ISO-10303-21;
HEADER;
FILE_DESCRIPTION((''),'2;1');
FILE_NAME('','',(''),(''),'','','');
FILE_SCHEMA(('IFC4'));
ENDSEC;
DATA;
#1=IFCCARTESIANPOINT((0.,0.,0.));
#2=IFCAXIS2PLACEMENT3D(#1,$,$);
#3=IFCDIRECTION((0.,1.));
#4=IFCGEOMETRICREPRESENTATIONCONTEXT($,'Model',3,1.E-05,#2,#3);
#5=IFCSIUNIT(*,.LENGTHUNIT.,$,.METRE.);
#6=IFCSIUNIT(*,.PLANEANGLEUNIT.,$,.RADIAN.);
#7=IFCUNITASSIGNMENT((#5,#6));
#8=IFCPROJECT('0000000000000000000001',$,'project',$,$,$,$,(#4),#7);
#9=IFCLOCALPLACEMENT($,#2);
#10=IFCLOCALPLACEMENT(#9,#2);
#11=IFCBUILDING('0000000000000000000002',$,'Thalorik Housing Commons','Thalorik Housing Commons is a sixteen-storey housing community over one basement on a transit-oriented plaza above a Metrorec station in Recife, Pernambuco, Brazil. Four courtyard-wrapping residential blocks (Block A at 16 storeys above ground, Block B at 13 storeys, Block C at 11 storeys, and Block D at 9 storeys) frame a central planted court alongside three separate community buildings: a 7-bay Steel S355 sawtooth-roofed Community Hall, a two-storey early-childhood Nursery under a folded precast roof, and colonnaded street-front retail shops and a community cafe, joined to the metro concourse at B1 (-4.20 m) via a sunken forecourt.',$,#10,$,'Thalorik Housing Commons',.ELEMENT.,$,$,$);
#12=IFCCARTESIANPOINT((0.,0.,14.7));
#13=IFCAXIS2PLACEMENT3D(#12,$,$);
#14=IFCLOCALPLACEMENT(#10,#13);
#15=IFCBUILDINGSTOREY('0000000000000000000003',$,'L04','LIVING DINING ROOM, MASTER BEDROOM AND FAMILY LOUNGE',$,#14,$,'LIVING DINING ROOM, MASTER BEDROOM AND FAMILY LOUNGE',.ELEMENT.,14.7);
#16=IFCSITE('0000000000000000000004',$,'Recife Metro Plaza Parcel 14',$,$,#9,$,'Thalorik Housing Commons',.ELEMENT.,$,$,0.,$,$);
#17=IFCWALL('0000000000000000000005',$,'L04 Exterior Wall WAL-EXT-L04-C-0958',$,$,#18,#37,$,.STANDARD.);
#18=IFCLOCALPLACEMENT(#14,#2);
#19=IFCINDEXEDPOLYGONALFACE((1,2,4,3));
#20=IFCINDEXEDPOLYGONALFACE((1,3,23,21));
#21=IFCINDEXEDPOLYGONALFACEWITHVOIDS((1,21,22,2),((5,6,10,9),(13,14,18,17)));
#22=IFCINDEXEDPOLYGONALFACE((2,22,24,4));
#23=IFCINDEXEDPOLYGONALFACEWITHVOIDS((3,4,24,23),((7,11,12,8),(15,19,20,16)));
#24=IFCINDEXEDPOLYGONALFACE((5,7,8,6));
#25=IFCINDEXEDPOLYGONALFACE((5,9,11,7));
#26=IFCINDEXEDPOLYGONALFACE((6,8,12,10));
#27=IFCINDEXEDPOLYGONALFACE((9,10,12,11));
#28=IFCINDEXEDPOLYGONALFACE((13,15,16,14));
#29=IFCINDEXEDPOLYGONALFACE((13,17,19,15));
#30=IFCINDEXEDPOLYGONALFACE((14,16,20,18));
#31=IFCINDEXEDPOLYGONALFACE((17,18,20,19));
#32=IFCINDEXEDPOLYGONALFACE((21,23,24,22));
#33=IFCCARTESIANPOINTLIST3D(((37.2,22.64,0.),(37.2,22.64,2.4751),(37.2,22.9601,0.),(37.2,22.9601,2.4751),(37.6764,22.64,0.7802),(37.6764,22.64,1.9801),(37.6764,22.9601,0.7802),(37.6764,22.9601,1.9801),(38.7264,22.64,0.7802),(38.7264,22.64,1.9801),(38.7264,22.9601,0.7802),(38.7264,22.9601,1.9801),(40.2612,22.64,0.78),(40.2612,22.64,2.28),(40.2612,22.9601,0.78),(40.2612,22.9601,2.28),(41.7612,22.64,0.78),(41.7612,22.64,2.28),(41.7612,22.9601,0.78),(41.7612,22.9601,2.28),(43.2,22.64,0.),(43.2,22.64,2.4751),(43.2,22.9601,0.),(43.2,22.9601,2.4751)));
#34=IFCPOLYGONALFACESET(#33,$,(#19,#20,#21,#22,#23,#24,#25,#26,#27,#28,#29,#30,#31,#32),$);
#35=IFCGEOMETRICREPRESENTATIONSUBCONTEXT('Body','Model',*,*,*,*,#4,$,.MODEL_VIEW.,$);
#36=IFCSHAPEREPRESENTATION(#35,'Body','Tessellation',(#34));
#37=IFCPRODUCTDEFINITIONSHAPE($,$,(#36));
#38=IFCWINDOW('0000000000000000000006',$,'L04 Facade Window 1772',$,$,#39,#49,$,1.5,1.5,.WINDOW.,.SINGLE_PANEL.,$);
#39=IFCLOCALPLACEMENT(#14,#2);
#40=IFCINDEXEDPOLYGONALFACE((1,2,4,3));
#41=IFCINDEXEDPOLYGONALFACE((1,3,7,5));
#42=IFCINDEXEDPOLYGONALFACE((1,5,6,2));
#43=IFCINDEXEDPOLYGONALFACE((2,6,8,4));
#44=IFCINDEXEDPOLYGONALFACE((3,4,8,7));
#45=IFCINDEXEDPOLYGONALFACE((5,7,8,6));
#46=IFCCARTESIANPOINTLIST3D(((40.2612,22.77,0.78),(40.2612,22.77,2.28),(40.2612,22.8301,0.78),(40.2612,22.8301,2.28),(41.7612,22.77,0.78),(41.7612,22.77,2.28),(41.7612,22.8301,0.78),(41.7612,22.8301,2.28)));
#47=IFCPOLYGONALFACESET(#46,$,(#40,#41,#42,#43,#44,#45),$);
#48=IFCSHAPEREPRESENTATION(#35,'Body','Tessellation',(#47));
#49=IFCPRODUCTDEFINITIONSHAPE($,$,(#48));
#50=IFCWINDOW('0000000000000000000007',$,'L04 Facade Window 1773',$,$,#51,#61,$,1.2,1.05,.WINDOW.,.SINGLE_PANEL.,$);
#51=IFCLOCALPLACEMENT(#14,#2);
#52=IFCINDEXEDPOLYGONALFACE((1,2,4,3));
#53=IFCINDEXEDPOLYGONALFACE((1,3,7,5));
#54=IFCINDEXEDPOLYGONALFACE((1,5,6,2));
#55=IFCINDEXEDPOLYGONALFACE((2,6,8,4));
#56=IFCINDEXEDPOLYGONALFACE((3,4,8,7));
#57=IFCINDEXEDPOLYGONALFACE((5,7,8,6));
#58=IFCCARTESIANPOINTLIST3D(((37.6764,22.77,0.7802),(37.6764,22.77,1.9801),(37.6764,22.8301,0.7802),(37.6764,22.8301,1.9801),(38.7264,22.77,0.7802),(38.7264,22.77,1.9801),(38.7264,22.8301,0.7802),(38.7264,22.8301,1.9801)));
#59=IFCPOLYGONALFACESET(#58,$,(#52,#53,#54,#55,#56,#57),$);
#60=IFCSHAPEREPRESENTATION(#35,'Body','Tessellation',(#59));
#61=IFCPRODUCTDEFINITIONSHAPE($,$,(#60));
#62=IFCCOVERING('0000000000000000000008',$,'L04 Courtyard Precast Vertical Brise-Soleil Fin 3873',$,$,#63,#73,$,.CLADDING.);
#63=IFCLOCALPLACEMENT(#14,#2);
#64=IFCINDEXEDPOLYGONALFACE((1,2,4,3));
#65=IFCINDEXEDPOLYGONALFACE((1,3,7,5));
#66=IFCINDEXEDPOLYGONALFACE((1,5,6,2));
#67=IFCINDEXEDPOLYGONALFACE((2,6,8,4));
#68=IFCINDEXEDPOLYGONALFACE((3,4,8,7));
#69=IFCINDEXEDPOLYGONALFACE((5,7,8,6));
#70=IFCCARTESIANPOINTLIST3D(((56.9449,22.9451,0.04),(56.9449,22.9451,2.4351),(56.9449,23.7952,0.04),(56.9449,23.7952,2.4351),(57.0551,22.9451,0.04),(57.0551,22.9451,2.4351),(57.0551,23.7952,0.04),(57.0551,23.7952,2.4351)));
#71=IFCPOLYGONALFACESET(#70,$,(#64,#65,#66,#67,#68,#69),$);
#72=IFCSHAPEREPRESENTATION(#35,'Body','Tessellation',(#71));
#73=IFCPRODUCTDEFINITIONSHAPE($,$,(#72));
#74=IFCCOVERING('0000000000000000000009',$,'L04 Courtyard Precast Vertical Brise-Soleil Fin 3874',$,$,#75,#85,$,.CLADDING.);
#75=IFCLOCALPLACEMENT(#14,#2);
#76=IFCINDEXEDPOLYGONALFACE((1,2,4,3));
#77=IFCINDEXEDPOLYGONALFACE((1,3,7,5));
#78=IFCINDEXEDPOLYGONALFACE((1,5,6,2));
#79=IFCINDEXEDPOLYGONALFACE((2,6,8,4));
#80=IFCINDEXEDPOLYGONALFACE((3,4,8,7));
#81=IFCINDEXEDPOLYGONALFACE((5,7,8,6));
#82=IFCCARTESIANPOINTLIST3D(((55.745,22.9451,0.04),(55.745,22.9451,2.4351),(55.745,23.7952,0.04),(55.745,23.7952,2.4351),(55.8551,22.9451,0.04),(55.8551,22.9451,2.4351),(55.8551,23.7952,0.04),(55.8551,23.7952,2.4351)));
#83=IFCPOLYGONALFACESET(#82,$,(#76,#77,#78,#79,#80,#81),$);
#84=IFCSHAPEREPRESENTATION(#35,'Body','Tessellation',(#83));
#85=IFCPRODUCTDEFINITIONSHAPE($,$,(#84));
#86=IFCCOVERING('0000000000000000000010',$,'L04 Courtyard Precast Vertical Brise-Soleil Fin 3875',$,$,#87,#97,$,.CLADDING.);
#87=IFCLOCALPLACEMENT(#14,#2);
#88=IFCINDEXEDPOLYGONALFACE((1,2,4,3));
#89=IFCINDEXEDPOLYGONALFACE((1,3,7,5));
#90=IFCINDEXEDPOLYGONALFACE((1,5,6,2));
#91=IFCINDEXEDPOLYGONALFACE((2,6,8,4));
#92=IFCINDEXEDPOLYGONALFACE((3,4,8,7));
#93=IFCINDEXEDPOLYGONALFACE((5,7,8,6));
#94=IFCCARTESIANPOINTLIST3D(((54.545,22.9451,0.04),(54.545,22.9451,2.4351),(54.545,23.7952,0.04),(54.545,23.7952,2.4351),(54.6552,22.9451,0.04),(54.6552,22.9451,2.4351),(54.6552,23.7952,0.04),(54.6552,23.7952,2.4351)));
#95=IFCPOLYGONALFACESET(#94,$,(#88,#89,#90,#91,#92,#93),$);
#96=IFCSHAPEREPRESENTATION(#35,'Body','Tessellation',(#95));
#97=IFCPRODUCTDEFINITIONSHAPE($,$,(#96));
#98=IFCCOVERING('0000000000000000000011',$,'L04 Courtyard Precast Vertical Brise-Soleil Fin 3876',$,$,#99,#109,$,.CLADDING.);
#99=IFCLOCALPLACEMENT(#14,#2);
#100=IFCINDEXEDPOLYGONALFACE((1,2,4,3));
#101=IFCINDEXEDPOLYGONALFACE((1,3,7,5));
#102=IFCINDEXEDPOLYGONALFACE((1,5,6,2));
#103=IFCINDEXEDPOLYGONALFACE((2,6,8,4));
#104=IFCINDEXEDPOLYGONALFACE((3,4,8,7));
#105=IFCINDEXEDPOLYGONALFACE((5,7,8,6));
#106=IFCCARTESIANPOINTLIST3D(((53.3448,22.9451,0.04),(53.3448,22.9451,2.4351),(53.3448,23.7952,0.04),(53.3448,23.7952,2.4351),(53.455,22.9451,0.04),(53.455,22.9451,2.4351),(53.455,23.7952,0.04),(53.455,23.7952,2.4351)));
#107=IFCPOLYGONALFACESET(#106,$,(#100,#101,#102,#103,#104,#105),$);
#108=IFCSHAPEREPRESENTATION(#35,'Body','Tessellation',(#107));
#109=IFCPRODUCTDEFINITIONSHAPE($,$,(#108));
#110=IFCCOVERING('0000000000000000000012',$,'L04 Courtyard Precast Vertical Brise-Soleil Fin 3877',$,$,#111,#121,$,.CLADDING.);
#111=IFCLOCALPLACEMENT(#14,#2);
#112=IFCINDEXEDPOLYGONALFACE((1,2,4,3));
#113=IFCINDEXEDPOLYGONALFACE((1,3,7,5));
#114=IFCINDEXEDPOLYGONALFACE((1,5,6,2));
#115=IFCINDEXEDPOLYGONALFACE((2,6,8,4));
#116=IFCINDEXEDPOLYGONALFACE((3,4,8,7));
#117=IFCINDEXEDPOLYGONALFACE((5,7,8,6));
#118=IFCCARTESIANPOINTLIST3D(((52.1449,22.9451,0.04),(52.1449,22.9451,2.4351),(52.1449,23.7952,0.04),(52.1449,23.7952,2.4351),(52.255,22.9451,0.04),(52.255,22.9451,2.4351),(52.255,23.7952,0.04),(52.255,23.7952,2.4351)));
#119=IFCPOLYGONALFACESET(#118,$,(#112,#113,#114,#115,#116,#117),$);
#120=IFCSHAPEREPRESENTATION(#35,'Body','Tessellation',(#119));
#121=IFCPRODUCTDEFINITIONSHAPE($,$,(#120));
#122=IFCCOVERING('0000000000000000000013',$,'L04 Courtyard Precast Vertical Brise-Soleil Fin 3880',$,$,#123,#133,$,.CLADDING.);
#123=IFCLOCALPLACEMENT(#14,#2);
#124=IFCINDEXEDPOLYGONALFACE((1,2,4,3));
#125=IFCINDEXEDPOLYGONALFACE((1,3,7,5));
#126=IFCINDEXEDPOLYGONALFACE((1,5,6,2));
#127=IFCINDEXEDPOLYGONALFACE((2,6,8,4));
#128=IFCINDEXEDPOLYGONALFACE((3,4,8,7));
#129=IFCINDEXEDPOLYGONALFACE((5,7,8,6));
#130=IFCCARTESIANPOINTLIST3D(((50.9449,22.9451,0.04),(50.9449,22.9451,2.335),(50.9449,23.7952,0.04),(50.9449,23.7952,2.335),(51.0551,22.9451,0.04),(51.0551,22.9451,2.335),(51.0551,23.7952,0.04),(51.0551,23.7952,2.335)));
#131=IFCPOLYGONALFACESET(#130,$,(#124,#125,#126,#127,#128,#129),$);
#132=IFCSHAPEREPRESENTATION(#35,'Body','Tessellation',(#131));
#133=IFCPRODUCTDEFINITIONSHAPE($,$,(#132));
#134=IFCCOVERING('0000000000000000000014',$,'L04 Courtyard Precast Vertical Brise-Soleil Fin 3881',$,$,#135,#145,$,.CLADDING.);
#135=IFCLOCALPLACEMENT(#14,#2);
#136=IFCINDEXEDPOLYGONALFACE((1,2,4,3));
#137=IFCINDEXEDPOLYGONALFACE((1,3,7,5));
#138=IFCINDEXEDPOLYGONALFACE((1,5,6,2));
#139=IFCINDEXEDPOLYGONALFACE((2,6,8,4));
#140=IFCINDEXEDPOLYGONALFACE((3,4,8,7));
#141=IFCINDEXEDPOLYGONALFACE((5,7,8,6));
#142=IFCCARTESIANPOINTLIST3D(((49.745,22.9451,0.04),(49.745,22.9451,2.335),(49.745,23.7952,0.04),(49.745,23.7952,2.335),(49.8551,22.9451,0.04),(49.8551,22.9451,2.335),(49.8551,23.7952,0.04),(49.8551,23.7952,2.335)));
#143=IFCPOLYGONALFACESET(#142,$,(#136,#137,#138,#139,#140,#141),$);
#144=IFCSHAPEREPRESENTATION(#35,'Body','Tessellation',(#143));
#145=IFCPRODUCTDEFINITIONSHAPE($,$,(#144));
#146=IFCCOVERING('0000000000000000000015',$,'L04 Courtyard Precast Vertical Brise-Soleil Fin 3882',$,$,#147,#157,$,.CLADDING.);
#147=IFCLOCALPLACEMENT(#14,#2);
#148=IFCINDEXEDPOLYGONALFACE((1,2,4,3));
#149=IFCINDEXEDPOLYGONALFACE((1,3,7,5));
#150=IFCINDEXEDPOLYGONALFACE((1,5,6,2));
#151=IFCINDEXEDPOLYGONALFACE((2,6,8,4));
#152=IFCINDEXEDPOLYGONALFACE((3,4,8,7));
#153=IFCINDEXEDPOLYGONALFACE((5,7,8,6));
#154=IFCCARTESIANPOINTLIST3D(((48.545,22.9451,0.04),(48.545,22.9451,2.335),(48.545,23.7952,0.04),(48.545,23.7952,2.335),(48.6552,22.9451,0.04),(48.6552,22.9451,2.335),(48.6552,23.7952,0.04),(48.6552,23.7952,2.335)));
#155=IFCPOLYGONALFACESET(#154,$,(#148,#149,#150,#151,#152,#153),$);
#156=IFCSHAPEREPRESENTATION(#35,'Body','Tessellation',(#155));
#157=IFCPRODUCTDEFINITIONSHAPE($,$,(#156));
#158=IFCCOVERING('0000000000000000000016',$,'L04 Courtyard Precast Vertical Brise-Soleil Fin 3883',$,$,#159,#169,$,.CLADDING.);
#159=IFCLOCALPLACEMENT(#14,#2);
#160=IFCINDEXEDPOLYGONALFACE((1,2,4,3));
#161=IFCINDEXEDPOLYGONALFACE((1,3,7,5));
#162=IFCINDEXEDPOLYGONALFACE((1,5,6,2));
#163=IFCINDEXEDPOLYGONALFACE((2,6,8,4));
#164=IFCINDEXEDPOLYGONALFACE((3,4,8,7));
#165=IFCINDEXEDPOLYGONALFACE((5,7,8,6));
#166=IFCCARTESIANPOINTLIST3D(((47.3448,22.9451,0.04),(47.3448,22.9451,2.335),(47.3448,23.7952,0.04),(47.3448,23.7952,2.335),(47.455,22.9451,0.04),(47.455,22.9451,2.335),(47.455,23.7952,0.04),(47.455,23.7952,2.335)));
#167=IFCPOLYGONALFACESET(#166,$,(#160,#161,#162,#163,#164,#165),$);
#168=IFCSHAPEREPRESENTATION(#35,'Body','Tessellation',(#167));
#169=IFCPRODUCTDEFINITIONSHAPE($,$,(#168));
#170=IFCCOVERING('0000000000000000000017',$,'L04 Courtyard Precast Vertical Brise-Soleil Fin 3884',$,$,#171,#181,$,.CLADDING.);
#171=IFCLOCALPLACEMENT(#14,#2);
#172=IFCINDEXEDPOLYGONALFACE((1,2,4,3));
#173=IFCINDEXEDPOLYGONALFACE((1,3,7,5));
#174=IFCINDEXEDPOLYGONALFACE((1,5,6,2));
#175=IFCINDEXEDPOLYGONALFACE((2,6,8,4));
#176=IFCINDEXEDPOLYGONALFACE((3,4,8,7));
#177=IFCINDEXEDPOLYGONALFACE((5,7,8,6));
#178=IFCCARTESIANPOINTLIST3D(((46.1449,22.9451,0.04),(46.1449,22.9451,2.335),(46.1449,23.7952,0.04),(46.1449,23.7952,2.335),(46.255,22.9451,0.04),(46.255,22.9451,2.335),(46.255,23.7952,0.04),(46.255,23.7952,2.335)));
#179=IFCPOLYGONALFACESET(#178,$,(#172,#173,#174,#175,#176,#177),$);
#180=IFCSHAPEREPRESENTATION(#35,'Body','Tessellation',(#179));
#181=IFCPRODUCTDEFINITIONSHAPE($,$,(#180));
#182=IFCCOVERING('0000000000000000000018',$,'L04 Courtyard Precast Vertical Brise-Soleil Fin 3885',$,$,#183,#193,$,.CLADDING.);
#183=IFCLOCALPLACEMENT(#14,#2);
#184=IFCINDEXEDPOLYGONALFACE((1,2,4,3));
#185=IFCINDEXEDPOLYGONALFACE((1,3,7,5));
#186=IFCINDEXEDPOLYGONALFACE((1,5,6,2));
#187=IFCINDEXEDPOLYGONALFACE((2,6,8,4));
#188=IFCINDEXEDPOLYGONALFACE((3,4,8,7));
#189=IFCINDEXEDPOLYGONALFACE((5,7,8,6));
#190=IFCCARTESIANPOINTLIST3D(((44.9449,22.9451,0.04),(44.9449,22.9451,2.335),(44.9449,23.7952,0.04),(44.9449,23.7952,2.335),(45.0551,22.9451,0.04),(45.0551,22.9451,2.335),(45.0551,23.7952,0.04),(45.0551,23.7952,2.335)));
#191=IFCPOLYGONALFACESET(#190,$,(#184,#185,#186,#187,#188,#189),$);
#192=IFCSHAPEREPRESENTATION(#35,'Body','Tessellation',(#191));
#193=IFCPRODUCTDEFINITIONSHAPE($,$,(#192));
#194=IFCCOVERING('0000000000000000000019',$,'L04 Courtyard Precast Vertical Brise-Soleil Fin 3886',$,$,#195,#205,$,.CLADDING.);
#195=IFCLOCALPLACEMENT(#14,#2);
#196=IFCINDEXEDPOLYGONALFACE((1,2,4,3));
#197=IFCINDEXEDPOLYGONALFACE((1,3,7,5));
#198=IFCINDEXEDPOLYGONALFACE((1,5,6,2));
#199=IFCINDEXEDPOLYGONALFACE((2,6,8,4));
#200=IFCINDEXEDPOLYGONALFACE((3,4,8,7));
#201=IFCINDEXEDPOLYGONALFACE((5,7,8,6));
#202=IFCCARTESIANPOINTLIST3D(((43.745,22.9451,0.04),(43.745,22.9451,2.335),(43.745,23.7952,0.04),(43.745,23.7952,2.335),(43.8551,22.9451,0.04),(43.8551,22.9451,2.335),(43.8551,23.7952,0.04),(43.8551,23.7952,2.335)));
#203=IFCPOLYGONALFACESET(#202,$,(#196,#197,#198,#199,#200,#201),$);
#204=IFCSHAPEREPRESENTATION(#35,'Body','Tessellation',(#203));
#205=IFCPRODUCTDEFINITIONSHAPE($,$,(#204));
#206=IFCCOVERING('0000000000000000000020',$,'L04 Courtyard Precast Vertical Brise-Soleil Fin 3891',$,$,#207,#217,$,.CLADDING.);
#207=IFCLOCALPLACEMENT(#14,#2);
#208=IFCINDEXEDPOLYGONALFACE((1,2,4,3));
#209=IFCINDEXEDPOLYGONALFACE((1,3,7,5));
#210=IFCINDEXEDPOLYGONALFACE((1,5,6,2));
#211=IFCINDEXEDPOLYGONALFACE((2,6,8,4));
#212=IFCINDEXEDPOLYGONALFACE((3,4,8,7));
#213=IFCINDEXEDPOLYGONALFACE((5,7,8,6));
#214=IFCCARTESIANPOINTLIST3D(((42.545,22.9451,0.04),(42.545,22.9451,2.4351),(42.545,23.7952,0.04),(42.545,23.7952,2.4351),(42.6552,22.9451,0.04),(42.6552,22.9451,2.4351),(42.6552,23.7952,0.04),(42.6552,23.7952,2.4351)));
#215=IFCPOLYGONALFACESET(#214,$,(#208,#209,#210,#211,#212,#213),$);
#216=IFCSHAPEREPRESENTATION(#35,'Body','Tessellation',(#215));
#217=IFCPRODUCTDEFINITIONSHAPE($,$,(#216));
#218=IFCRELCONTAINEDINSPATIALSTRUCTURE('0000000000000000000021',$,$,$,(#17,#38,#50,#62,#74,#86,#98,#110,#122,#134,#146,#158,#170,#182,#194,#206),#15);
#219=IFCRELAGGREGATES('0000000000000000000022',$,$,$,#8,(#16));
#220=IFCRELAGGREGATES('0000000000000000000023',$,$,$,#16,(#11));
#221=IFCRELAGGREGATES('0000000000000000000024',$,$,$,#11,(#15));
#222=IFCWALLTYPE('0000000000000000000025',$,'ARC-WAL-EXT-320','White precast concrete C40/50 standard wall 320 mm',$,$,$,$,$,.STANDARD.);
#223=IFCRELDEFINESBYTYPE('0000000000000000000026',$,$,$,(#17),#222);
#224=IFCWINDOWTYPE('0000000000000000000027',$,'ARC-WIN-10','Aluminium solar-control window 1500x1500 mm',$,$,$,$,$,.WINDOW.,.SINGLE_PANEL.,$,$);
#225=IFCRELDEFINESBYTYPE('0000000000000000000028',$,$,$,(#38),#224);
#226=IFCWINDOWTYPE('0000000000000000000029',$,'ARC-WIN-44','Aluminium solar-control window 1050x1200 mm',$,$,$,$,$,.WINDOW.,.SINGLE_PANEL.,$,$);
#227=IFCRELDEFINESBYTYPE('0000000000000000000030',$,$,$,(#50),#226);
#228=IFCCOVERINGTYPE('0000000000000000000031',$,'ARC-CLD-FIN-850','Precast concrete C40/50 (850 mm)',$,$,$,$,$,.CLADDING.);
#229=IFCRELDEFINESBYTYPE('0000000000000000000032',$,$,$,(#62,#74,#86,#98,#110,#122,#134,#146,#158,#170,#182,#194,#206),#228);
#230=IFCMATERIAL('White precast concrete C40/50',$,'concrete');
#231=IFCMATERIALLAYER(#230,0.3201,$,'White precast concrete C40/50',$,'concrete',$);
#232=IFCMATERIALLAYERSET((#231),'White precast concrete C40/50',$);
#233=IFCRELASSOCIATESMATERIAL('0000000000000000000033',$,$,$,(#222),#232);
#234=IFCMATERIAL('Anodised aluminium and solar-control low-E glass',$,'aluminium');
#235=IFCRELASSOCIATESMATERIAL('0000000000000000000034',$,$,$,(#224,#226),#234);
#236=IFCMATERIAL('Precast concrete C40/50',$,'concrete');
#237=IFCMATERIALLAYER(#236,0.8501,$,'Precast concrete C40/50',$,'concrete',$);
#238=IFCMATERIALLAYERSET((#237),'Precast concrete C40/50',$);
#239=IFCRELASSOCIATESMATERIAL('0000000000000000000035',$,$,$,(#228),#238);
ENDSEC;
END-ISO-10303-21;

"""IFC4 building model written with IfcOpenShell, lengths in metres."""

from ifc_helpers import new_model, si_unit, direction, frame, frame_2d, origin, origin_2d, place, context, subcontext, project, spatial, rectangle, extrude, material, layer, layer_set, type_object, element, fill, save


model = new_model("IFC4")

# Units and contexts
model_context = context("Model", 3, precision=1e-05, world=origin(), true_north=direction((0.0, 1.0)))
body_context = subcontext(model_context, "Body", "Model", "MODEL_VIEW")
ifc_project = project(units=[si_unit("LENGTHUNIT", "METRE"), si_unit("PLANEANGLEUNIT", "RADIAN")], contexts=[model_context])

# Site, building, storey
site_placement = place(None, origin())
site = spatial("IfcSite", under=ifc_project, at=site_placement, Name="Recife Metro Plaza Parcel 14", LongName="Thalorik Housing Commons", CompositionType="ELEMENT", RefElevation=0.0)
building_placement = place(site_placement, origin())
building = spatial("IfcBuilding", under=site, at=building_placement, Name="Thalorik Housing Commons", Description="Thalorik Housing Commons is a sixteen-storey housing community over one basement on a transit-oriented plaza above a Metrorec station in Recife, Pernambuco, Brazil. Four courtyard-wrapping residential blocks (Block A at 16 storeys above ground, Block B at 13 storeys, Block C at 11 storeys, and Block D at 9 storeys) frame a central planted court alongside three separate community buildings: a 7-bay Steel S355 sawtooth-roofed Community Hall, a two-storey early-childhood Nursery under a folded precast roof, and colonnaded street-front retail shops and a community cafe, joined to the metro concourse at B1 (-4.20 m) via a sunken forecourt.", LongName="Thalorik Housing Commons", CompositionType="ELEMENT")
storey_placement = place(building_placement, frame((0.0, 0.0, 14.7)))
storey = spatial("IfcBuildingStorey", under=building, at=storey_placement, Name="L04", Description="LIVING DINING ROOM, MASTER BEDROOM AND FAMILY LOUNGE", LongName="LIVING DINING ROOM, MASTER BEDROOM AND FAMILY LOUNGE", CompositionType="ELEMENT", Elevation=14.7)

# Shared definitions
ifc_material_1 = material(Name="Precast concrete C40/50", Category="concrete")

# Wall, openings, windows
ifc_material_2 = material(Name="White precast concrete C40/50", Category="concrete")
ifc_layer_1 = layer(ifc_material_2, 0.3201, Name="White precast concrete C40/50", Category="concrete")
ifc_layer_set_1 = layer_set([ifc_layer_1], Name="White precast concrete C40/50")
wall_type = type_object("IfcWallType", Name="ARC-WAL-EXT-320", Description="White precast concrete C40/50 standard wall 320 mm", PredefinedType="STANDARD", material=ifc_layer_set_1)
ifc_material_3 = material(Name="Anodised aluminium and solar-control low-E glass", Category="aluminium")
wall_1_placement = place(storey_placement, frame((43.2, 22.8, 0.0), z_axis=(0.0, 0.0, 1.0), x_axis=(-1.0, 0.0, 0.0)))
wall_1 = element("IfcWall", 1, at=wall_1_placement, inside=storey, type_object=wall_type, Name="L04 Exterior Wall WAL-EXT-L04-C-0958", PredefinedType="STANDARD", context=body_context, shape_type="SweptSolid", body=[
    extrude(rectangle(XDim=6.0, YDim=0.3201, at=frame_2d((3.0, 0.0))), origin(), (0.0, 0.0, 1.0), 2.4751),
])
opening_1_placement = place(wall_1_placement, frame((1.4387, 0.0, 0.78)))
opening_1 = element("IfcOpeningElement", 2, at=opening_1_placement, cuts=wall_1, PredefinedType="OPENING", context=body_context, shape_type="SweptSolid", body=[
    extrude(rectangle(XDim=1.5, YDim=1.5, at=frame_2d((0.75, 0.75))), frame((0.0, 0.1699, 0.0), z_axis=(0.0, -1.0, 0.0), x_axis=(1.0, 0.0, 0.0)), (0.0, 0.0, 1.0), 0.3401),
])
opening_2_placement = place(wall_1_placement, frame((4.4736, 0.0, 0.78)))
opening_2 = element("IfcOpeningElement", 3, at=opening_2_placement, cuts=wall_1, PredefinedType="OPENING", context=body_context, shape_type="SweptSolid", body=[
    extrude(rectangle(XDim=1.05, YDim=1.2, at=frame_2d((0.5249, 0.6001))), frame((0.0, 0.1699, 0.0), z_axis=(0.0, -1.0, 0.0), x_axis=(1.0, 0.0, 0.0)), (0.0, 0.0, 1.0), 0.3401),
])
window_type_1 = type_object("IfcWindowType", Name="ARC-WIN-10", Description="Aluminium solar-control window 1500x1500 mm", PartitioningType="SINGLE_PANEL", PredefinedType="WINDOW", material=ifc_material_3)
window_1_placement = place(opening_1_placement, origin())
window_1 = element("IfcWindow", 4, at=window_1_placement, inside=storey, type_object=window_type_1, Name="L04 Facade Window 1772", OverallHeight=1.5, OverallWidth=1.5, PartitioningType="SINGLE_PANEL", PredefinedType="WINDOW", context=body_context, shape_type="SweptSolid", body=[
    extrude(rectangle(XDim=1.5, YDim=1.5, at=frame_2d((0.75, 0.75))), frame((0.0, 0.03, 0.0), z_axis=(0.0, -1.0, 0.0), x_axis=(1.0, 0.0, 0.0)), (0.0, 0.0, 1.0), 0.0601),
])
fill(opening_1, window_1)
window_type_2 = type_object("IfcWindowType", Name="ARC-WIN-44", Description="Aluminium solar-control window 1050x1200 mm", PartitioningType="SINGLE_PANEL", PredefinedType="WINDOW", material=ifc_material_3)
window_2_placement = place(opening_2_placement, origin())
window_2 = element("IfcWindow", 5, at=window_2_placement, inside=storey, type_object=window_type_2, Name="L04 Facade Window 1773", OverallHeight=1.2, OverallWidth=1.05, PartitioningType="SINGLE_PANEL", PredefinedType="WINDOW", context=body_context, shape_type="SweptSolid", body=[
    extrude(rectangle(XDim=1.05, YDim=1.2, at=frame_2d((0.5249, 0.6001))), frame((0.0, 0.03, 0.0), z_axis=(0.0, -1.0, 0.0), x_axis=(1.0, 0.0, 0.0)), (0.0, 0.0, 1.0), 0.0601),
])
fill(opening_2, window_2)

# Coverings
ifc_layer_2 = layer(ifc_material_1, 0.8501, Name="Precast concrete C40/50", Category="concrete")
ifc_layer_set_2 = layer_set([ifc_layer_2], Name="Precast concrete C40/50")
covering_type_1 = type_object("IfcCoveringType", Name="ARC-CLD-FIN-850", Description="Precast concrete C40/50 (850 mm)", PredefinedType="CLADDING", material=ifc_layer_set_2)
for number, where, z_axis, x_axis, name in (
    (6, (57.0, 23.3701, 0.04), (0.0, 0.0, 1.0), (-1.0, 0.0, 0.0), "L04 Courtyard Precast Vertical Brise-Soleil Fin 3873"),
    (7, (55.8, 23.3701, 0.04), (0.0, 0.0, 1.0), (-1.0, 0.0, 0.0), "L04 Courtyard Precast Vertical Brise-Soleil Fin 3874"),
    (8, (54.6001, 23.3701, 0.04), (0.0, 0.0, 1.0), (-1.0, 0.0, 0.0), "L04 Courtyard Precast Vertical Brise-Soleil Fin 3875"),
    (9, (53.3999, 23.3701, 0.04), (0.0, 0.0, 1.0), (-1.0, 0.0, 0.0), "L04 Courtyard Precast Vertical Brise-Soleil Fin 3876"),
    (10, (52.2, 23.3701, 0.04), (0.0, 0.0, 1.0), (-1.0, 0.0, 0.0), "L04 Courtyard Precast Vertical Brise-Soleil Fin 3877"),
):
    element("IfcCovering", number, at=place(storey_placement, frame(where, z_axis=z_axis, x_axis=x_axis)), inside=storey, type_object=covering_type_1, Name=name, PredefinedType="CLADDING", context=body_context, shape_type="SweptSolid", body=[
        extrude(rectangle(XDim=0.1101, YDim=0.8501, at=origin_2d()), origin(), (0.0, 0.0, 1.0), 2.395),
    ])
for number, where, z_axis, x_axis, name in (
    (11, (51.0, 23.3701, 0.04), (0.0, 0.0, 1.0), (-1.0, 0.0, 0.0), "L04 Courtyard Precast Vertical Brise-Soleil Fin 3880"),
    (12, (49.8, 23.3701, 0.04), (0.0, 0.0, 1.0), (-1.0, 0.0, 0.0), "L04 Courtyard Precast Vertical Brise-Soleil Fin 3881"),
    (13, (48.6001, 23.3701, 0.04), (0.0, 0.0, 1.0), (-1.0, 0.0, 0.0), "L04 Courtyard Precast Vertical Brise-Soleil Fin 3882"),
    (14, (47.3999, 23.3701, 0.04), (0.0, 0.0, 1.0), (-1.0, 0.0, 0.0), "L04 Courtyard Precast Vertical Brise-Soleil Fin 3883"),
    (15, (46.2, 23.3701, 0.04), (0.0, 0.0, 1.0), (-1.0, 0.0, 0.0), "L04 Courtyard Precast Vertical Brise-Soleil Fin 3884"),
    (16, (45.0, 23.3701, 0.04), (0.0, 0.0, 1.0), (-1.0, 0.0, 0.0), "L04 Courtyard Precast Vertical Brise-Soleil Fin 3885"),
    (17, (43.8, 23.3701, 0.04), (0.0, 0.0, 1.0), (-1.0, 0.0, 0.0), "L04 Courtyard Precast Vertical Brise-Soleil Fin 3886"),
):
    element("IfcCovering", number, at=place(storey_placement, frame(where, z_axis=z_axis, x_axis=x_axis)), inside=storey, type_object=covering_type_1, Name=name, PredefinedType="CLADDING", context=body_context, shape_type="SweptSolid", body=[
        extrude(rectangle(XDim=0.1101, YDim=0.8501, at=origin_2d()), origin(), (0.0, 0.0, 1.0), 2.2949),
    ])
for number, where, z_axis, x_axis, name in (
    (18, (42.6001, 23.3701, 0.04), (0.0, 0.0, 1.0), (-1.0, 0.0, 0.0), "L04 Courtyard Precast Vertical Brise-Soleil Fin 3891"),
):
    element("IfcCovering", number, at=place(storey_placement, frame(where, z_axis=z_axis, x_axis=x_axis)), inside=storey, type_object=covering_type_1, Name=name, PredefinedType="CLADDING", context=body_context, shape_type="SweptSolid", body=[
        extrude(rectangle(XDim=0.1101, YDim=0.8501, at=origin_2d()), origin(), (0.0, 0.0, 1.0), 2.395),
    ])

save(model, "model.ifc")
